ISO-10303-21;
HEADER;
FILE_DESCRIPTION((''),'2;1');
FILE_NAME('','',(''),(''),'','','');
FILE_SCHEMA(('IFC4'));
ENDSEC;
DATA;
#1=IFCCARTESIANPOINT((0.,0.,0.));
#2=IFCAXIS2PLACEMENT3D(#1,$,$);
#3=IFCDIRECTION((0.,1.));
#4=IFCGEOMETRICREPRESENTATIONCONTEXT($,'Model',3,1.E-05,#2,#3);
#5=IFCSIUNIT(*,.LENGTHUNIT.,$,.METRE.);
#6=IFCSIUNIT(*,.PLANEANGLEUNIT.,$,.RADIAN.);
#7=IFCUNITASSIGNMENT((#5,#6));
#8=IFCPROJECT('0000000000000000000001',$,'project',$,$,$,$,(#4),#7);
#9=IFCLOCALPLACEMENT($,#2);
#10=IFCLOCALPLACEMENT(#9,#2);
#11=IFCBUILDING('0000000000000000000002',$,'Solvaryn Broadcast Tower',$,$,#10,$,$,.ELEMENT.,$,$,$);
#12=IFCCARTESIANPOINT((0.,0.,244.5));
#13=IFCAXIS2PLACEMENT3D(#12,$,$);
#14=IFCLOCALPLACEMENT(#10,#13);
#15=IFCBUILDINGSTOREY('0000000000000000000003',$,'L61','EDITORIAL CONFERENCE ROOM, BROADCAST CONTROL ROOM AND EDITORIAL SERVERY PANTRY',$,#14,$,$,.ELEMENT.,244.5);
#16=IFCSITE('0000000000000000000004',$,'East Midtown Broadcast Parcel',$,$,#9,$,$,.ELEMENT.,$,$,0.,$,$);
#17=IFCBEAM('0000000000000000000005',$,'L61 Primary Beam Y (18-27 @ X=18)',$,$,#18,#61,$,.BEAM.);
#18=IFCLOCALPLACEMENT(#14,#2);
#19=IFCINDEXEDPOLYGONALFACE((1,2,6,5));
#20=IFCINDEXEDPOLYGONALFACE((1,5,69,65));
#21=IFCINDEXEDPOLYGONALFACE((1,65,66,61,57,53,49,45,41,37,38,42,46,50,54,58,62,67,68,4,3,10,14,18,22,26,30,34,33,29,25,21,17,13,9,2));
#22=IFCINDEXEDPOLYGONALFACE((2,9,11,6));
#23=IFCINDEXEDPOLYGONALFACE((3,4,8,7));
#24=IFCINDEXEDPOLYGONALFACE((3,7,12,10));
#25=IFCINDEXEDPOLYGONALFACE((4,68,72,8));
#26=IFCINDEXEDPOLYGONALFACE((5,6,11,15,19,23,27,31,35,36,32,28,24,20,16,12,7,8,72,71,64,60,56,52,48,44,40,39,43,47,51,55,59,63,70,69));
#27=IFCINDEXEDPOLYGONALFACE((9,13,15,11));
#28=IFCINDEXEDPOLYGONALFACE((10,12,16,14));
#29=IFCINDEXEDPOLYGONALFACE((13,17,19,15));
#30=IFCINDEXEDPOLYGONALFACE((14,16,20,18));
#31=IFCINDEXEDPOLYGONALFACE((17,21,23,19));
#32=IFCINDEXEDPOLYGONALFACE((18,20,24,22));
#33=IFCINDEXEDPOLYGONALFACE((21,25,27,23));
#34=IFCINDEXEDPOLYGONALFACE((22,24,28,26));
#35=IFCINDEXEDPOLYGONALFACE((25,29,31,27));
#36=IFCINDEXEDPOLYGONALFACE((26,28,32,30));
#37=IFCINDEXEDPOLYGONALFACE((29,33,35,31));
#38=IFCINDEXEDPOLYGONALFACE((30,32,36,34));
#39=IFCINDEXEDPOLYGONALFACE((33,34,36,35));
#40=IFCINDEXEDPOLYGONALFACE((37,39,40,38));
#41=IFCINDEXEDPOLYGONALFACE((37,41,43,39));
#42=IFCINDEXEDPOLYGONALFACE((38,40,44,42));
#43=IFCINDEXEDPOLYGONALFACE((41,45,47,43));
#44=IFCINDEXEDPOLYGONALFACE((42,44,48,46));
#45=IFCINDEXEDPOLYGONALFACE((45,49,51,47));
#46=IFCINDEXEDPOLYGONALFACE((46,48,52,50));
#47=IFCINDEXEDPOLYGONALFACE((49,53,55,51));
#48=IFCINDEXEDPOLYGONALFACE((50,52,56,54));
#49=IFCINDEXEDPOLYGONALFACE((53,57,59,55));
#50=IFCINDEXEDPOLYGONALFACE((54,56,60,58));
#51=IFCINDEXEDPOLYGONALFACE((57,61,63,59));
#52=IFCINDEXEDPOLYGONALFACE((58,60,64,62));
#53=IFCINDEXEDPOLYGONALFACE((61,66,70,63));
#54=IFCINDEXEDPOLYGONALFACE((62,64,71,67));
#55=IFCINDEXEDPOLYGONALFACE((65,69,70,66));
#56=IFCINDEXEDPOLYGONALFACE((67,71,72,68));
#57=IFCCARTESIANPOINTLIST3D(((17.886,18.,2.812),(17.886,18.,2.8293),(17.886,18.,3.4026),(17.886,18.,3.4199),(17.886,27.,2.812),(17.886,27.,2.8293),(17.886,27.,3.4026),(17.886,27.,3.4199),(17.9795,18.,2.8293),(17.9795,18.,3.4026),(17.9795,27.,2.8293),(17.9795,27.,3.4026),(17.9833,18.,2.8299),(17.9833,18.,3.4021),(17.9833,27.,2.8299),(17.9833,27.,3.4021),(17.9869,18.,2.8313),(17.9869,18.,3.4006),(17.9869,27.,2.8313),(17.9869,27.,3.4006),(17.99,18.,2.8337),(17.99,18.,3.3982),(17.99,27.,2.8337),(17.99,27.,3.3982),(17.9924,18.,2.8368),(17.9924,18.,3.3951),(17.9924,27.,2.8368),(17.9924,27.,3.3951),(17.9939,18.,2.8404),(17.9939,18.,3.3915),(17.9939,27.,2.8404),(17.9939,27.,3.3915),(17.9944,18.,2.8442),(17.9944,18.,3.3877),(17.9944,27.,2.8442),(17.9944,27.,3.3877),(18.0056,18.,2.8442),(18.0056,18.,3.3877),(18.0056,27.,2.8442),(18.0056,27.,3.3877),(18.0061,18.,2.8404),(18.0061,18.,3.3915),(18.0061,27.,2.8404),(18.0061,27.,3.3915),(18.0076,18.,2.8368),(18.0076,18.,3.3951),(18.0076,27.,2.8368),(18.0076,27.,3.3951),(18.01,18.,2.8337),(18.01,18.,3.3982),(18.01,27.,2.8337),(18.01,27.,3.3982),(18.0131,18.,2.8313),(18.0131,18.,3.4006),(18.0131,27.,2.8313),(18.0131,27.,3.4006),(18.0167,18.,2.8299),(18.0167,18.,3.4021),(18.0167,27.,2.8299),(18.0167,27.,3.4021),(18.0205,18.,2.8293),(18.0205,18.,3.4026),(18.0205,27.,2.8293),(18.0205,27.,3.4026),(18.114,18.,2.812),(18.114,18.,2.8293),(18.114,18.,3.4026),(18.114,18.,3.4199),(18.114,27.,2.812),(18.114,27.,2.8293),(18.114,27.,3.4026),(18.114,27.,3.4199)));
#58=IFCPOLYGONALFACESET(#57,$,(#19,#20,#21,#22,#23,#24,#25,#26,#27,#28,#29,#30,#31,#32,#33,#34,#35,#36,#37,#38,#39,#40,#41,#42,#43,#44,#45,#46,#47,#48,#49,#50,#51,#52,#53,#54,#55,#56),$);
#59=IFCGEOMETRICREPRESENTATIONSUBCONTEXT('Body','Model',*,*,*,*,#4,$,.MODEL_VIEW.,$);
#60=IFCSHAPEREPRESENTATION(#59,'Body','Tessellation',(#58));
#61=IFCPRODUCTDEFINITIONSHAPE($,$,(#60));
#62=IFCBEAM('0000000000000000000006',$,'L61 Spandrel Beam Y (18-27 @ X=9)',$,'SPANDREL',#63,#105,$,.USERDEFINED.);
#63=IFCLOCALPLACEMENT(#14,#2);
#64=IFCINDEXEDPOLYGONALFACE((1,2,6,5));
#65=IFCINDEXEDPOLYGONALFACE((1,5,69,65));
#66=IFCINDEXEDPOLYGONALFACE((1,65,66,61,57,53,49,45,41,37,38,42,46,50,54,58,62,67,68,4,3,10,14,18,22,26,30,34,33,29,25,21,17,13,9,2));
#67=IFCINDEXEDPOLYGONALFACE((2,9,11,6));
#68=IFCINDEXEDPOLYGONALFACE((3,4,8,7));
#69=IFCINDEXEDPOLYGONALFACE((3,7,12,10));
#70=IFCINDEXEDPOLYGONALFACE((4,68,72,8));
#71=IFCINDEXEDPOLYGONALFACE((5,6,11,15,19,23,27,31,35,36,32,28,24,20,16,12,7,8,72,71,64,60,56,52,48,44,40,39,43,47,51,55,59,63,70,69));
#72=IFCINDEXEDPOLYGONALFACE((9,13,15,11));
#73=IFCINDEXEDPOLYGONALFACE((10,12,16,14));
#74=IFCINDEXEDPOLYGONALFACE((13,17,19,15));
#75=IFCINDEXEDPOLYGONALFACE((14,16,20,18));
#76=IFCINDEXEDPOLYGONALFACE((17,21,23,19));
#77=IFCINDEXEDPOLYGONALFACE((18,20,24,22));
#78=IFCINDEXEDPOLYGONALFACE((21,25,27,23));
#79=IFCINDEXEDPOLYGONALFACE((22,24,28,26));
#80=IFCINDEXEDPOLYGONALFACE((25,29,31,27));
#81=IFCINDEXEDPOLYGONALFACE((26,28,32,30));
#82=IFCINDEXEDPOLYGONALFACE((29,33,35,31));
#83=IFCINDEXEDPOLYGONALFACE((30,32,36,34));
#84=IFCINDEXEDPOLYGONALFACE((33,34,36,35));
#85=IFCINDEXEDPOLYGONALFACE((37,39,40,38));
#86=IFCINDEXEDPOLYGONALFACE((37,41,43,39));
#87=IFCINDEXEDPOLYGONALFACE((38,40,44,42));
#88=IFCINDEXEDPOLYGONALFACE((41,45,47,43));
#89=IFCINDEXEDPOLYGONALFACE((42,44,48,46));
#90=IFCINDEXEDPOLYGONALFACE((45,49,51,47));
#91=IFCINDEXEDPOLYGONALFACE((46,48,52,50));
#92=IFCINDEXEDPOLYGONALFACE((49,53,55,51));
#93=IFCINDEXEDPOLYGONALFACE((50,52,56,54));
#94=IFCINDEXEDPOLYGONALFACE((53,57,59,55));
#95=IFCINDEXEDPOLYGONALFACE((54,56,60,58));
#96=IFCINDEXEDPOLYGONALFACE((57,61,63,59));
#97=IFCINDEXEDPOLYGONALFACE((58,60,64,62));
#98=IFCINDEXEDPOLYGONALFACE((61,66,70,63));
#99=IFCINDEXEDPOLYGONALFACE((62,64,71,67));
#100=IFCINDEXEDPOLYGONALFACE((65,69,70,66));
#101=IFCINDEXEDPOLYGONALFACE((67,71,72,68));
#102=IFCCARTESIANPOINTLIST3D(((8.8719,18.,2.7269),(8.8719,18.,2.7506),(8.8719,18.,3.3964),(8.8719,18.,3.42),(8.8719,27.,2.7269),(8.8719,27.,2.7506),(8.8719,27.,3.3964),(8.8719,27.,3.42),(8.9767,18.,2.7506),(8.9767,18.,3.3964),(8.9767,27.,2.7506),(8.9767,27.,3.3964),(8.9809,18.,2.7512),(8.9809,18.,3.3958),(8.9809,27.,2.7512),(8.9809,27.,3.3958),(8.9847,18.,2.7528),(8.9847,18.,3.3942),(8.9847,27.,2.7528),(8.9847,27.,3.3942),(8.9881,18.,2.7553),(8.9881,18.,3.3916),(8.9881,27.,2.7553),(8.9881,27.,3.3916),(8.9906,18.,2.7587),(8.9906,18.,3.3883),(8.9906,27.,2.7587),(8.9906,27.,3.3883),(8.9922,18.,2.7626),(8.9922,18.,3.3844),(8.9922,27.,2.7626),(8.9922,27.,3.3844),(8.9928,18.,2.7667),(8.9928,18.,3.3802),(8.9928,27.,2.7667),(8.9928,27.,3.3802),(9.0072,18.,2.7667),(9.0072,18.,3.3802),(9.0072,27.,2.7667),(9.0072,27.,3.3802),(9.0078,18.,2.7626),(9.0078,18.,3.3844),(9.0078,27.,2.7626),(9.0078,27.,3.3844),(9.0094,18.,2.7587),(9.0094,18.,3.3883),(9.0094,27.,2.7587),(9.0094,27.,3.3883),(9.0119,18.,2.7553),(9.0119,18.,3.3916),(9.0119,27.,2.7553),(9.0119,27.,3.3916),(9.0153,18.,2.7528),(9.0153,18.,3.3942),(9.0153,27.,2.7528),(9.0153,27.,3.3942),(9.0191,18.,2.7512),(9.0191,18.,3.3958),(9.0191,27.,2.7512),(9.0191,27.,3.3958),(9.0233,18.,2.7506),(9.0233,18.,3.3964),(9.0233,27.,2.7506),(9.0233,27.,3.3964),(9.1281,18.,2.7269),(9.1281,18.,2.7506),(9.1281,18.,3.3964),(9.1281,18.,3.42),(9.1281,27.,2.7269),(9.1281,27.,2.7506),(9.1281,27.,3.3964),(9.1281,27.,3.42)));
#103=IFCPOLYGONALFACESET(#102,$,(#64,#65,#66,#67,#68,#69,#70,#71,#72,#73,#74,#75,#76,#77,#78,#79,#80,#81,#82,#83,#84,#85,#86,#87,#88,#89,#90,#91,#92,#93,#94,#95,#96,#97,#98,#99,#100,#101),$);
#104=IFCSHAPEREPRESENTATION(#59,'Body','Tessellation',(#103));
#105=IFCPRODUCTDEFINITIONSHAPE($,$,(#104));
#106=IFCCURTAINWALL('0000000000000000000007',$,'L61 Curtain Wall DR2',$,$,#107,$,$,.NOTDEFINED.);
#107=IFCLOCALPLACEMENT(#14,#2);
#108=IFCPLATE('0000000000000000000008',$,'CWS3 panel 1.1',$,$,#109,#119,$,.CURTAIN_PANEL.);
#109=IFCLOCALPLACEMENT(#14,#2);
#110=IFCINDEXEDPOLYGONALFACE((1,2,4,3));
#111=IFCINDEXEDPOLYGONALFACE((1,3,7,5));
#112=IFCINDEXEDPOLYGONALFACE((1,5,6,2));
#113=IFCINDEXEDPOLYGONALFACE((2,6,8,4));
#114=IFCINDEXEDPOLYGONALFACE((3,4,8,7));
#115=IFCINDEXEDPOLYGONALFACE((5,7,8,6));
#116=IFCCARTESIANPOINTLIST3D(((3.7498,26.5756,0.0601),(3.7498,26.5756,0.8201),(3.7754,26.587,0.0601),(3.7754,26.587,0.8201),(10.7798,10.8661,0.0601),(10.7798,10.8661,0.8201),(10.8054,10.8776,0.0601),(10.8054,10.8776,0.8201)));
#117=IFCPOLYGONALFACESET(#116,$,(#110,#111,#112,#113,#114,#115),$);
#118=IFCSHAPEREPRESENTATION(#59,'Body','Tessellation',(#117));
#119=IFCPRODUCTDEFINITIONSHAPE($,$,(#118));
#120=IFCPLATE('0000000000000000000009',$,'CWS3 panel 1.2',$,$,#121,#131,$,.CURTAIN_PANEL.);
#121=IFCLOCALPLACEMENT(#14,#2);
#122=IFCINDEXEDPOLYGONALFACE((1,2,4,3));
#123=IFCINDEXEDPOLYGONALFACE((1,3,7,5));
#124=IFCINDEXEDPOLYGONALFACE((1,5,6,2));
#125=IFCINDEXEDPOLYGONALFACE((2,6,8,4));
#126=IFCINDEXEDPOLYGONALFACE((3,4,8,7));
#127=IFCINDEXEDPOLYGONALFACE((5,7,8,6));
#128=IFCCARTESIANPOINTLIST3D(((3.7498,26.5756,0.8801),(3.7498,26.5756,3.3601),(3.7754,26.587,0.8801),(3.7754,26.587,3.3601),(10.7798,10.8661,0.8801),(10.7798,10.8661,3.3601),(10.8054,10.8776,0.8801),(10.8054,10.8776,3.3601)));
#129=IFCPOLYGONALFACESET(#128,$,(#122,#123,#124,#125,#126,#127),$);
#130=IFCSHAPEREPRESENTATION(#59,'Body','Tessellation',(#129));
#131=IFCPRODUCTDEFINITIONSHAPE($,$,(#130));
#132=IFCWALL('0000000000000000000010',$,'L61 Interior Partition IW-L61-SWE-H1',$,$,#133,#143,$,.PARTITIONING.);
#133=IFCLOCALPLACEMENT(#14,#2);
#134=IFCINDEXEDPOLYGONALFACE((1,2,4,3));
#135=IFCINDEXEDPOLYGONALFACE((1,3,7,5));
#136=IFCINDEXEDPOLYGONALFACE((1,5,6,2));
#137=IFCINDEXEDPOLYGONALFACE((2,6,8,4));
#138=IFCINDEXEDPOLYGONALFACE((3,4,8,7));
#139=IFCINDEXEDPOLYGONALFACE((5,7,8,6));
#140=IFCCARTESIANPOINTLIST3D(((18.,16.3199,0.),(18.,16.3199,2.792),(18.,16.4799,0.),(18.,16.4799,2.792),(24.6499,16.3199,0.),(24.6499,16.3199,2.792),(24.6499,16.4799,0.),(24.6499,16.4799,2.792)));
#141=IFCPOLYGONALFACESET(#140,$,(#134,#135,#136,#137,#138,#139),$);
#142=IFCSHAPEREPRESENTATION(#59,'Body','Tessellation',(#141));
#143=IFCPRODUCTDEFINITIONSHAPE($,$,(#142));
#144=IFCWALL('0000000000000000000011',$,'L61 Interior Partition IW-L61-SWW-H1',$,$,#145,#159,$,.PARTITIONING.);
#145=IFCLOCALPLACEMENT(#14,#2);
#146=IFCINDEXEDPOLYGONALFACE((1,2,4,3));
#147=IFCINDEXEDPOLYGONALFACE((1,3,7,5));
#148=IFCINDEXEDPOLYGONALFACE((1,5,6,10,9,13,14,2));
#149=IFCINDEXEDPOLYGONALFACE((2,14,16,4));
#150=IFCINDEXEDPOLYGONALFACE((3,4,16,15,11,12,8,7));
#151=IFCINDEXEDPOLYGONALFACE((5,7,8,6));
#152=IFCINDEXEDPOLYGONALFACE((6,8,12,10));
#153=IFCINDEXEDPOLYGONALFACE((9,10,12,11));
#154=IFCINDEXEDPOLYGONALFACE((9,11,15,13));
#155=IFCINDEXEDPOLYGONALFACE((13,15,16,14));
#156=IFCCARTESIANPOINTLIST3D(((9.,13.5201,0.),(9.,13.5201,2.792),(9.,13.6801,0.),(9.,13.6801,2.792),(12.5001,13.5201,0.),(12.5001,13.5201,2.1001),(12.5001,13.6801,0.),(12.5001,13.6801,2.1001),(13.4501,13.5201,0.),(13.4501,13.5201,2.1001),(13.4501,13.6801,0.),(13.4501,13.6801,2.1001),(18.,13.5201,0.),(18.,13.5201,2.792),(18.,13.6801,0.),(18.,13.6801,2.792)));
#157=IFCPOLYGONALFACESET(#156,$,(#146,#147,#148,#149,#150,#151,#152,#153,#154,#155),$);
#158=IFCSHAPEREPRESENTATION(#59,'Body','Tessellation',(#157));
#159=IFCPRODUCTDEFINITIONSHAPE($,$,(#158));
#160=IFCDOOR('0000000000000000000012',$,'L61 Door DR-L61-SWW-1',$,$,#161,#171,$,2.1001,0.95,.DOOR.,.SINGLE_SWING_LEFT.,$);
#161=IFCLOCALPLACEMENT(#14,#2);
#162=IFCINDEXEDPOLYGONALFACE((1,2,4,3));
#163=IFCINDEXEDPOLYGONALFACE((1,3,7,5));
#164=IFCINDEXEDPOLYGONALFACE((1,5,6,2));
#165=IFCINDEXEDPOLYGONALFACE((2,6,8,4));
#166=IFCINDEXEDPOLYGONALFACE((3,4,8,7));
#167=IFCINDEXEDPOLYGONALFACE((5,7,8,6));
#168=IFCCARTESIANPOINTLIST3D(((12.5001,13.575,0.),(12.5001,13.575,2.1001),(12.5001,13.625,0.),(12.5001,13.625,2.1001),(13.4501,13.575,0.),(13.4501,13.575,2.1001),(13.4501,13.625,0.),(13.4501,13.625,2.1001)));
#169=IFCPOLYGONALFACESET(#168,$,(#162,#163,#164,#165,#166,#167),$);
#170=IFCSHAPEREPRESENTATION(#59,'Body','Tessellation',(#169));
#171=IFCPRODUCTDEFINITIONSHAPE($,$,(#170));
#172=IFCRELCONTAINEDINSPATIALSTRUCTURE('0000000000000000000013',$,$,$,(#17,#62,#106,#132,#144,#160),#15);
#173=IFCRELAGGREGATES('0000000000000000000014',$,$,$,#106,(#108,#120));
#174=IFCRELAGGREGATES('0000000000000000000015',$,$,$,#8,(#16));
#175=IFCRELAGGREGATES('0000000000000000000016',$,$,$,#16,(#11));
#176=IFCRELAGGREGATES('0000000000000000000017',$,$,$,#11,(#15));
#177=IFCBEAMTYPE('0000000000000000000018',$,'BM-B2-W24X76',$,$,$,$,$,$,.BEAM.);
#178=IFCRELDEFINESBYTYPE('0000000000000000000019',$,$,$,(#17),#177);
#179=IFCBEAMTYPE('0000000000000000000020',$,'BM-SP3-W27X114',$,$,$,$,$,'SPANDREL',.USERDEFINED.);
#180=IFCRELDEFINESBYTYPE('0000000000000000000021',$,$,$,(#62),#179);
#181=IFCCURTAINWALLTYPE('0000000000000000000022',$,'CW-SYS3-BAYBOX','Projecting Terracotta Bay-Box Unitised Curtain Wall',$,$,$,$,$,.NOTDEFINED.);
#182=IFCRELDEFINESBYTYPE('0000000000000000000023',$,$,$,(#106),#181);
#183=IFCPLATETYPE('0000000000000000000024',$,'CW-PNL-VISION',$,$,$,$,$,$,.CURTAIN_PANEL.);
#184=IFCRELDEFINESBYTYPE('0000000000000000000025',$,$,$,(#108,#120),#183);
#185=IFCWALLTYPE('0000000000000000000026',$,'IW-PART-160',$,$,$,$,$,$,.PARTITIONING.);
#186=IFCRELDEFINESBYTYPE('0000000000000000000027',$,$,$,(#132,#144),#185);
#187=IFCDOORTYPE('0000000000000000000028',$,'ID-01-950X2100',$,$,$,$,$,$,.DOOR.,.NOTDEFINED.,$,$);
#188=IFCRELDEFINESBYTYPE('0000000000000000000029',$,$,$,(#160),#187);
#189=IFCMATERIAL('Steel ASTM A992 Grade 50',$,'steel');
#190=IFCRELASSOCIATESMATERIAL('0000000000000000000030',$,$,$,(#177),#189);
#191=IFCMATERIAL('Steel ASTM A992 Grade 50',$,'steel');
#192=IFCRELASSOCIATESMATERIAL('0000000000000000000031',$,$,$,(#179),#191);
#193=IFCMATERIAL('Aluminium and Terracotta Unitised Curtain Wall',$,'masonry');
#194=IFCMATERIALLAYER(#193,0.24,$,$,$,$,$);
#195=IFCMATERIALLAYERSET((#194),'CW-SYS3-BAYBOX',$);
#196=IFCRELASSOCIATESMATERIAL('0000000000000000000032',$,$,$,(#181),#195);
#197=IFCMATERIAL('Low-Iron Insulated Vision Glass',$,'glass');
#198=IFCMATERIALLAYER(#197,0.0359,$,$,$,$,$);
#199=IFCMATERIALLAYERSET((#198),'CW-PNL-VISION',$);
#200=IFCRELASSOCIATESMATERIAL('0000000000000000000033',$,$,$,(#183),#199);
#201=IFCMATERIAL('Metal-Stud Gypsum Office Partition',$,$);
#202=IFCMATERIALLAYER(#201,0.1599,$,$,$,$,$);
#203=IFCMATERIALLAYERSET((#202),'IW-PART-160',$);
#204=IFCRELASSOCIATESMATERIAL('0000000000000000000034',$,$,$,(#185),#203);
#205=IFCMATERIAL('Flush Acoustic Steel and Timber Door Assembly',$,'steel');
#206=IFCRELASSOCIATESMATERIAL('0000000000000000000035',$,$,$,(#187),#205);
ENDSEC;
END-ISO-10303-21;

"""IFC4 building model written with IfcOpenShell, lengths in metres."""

from ifc_helpers import new_model, si_unit, direction, frame, frame_2d, origin, origin_2d, place, context, subcontext, project, spatial, rectangle, i_section, extrude, material, layer, layer_set, material_profile, profile_set, type_object, element, fill, aggregate, save


model = new_model("IFC4")

# Units and contexts
model_context = context("Model", 3, precision=1e-05, world=origin(), true_north=direction((0.0, 1.0)))
body_context = subcontext(model_context, "Body", "Model", "MODEL_VIEW")
ifc_project = project(units=[si_unit("LENGTHUNIT", "METRE"), si_unit("PLANEANGLEUNIT", "RADIAN")], contexts=[model_context])

# Site, building, storey
site_placement = place(None, origin())
site = spatial("IfcSite", under=ifc_project, at=site_placement, Name="East Midtown Broadcast Parcel", CompositionType="ELEMENT", RefElevation=0.0)
building_placement = place(site_placement, origin())
building = spatial("IfcBuilding", under=site, at=building_placement, Name="Solvaryn Broadcast Tower", CompositionType="ELEMENT")
storey_placement = place(building_placement, frame((0.0, 0.0, 244.5)))
storey = spatial("IfcBuildingStorey", under=building, at=storey_placement, Name="L61", Description="EDITORIAL CONFERENCE ROOM, BROADCAST CONTROL ROOM AND EDITORIAL SERVERY PANTRY", CompositionType="ELEMENT", Elevation=244.5)

# Beams
ifc_material_1 = material(Name="Steel ASTM A992 Grade 50", Category="steel")
ifc_material_profile_1 = material_profile(ifc_material_1, i_section(OverallWidth=0.228, OverallDepth=0.6079, WebThickness=0.0112, FlangeThickness=0.0173, FilletRadius=0.0149, at=origin_2d()))
ifc_profile_set_1 = profile_set([ifc_material_profile_1], Name="Steel ASTM A992 Grade 50")
beam_type_1 = type_object("IfcBeamType", Name="BM-B2-W24X76", PredefinedType="BEAM", material=ifc_profile_set_1)
beam_1_placement = place(storey_placement, frame((18.0, 18.0, 3.116), z_axis=(0.0, 1.0, 0.0), x_axis=(-1.0, 0.0, 0.0)))
element("IfcBeam", 1, at=beam_1_placement, inside=storey, type_object=beam_type_1, Name="L61 Primary Beam Y (18-27 @ X=18)", PredefinedType="BEAM", context=body_context, shape_type="SweptSolid", body=[
    extrude(i_section(OverallWidth=0.228, OverallDepth=0.6079, WebThickness=0.0112, FlangeThickness=0.0173, FilletRadius=0.0149, at=origin_2d()), origin(), (0.0, 0.0, 1.0), 9.0),
])
ifc_material_2 = material(Name="Steel ASTM A992 Grade 50", Category="steel")
ifc_material_profile_2 = material_profile(ifc_material_2, i_section(OverallWidth=0.2561, OverallDepth=0.6931, WebThickness=0.0144, FlangeThickness=0.0237, FilletRadius=0.0161, at=origin_2d()))
ifc_profile_set_2 = profile_set([ifc_material_profile_2], Name="Steel ASTM A992 Grade 50")
beam_type_2 = type_object("IfcBeamType", Name="BM-SP3-W27X114", ElementType="SPANDREL", PredefinedType="USERDEFINED", material=ifc_profile_set_2)
beam_2_placement = place(storey_placement, frame((9.0, 18.0, 3.0735), z_axis=(0.0, 1.0, 0.0), x_axis=(-1.0, 0.0, 0.0)))
element("IfcBeam", 2, at=beam_2_placement, inside=storey, type_object=beam_type_2, Name="L61 Spandrel Beam Y (18-27 @ X=9)", ObjectType="SPANDREL", PredefinedType="USERDEFINED", context=body_context, shape_type="SweptSolid", body=[
    extrude(i_section(OverallWidth=0.2561, OverallDepth=0.6931, WebThickness=0.0144, FlangeThickness=0.0237, FilletRadius=0.0161, at=origin_2d()), origin(), (0.0, 0.0, 1.0), 9.0),
])

# Curtain wall, plates
ifc_material_3 = material(Name="Aluminium and Terracotta Unitised Curtain Wall", Category="masonry")
ifc_layer_1 = layer(ifc_material_3, 0.24)
ifc_layer_set_1 = layer_set([ifc_layer_1], Name="CW-SYS3-BAYBOX")
curtain_wall_type = type_object("IfcCurtainWallType", Name="CW-SYS3-BAYBOX", Description="Projecting Terracotta Bay-Box Unitised Curtain Wall", PredefinedType="NOTDEFINED", material=ifc_layer_set_1)
curtain_wall_placement = place(storey_placement, origin())
curtain_wall = element("IfcCurtainWall", 3, at=curtain_wall_placement, inside=storey, type_object=curtain_wall_type, Name="L61 Curtain Wall DR2", PredefinedType="NOTDEFINED")
ifc_material_4 = material(Name="Low-Iron Insulated Vision Glass", Category="glass")
ifc_layer_2 = layer(ifc_material_4, 0.0359)
ifc_layer_set_2 = layer_set([ifc_layer_2], Name="CW-PNL-VISION")
plate_type = type_object("IfcPlateType", Name="CW-PNL-VISION", PredefinedType="CURTAIN_PANEL", material=ifc_layer_set_2)
plate_1_placement = place(storey_placement, frame((7.2776, 18.7266, 0.0601), z_axis=(0.0, 0.0, 1.0), x_axis=(0.408466, -0.912774, 0.0)))
plate_1 = element("IfcPlate", 4, at=plate_1_placement, type_object=plate_type, Name="CWS3 panel 1.1", PredefinedType="CURTAIN_PANEL", context=body_context, shape_type="SweptSolid", body=[
    extrude(rectangle(XDim=17.2107, YDim=0.0281, at=origin_2d()), origin(), (0.0, 0.0, 1.0), 0.76),
])
plate_2_placement = place(storey_placement, frame((7.2776, 18.7266, 0.8801), z_axis=(0.0, 0.0, 1.0), x_axis=(0.408466, -0.912774, 0.0)))
plate_2 = element("IfcPlate", 5, at=plate_2_placement, type_object=plate_type, Name="CWS3 panel 1.2", PredefinedType="CURTAIN_PANEL", context=body_context, shape_type="SweptSolid", body=[
    extrude(rectangle(XDim=17.2107, YDim=0.0281, at=origin_2d()), origin(), (0.0, 0.0, 1.0), 2.48),
])
aggregate(curtain_wall, [plate_1, plate_2])

# Wall
ifc_material_5 = material(Name="Metal-Stud Gypsum Office Partition")
ifc_layer_3 = layer(ifc_material_5, 0.1599)
ifc_layer_set_3 = layer_set([ifc_layer_3], Name="IW-PART-160")
wall_type = type_object("IfcWallType", Name="IW-PART-160", PredefinedType="PARTITIONING", material=ifc_layer_set_3)
wall_1_placement = place(storey_placement, frame((18.0, 16.3999, 0.0), z_axis=(0.0, 0.0, 1.0), x_axis=(1.0, 0.0, 0.0)))
element("IfcWall", 6, at=wall_1_placement, inside=storey, type_object=wall_type, Name="L61 Interior Partition IW-L61-SWE-H1", PredefinedType="PARTITIONING", context=body_context, shape_type="SweptSolid", body=[
    extrude(rectangle(XDim=6.6499, YDim=0.1599, at=frame_2d((3.325, 0.0))), origin(), (0.0, 0.0, 1.0), 2.792),
])

# Wall, opening, door
wall_2_placement = place(storey_placement, frame((9.0, 13.6001, 0.0), z_axis=(0.0, 0.0, 1.0), x_axis=(1.0, 0.0, 0.0)))
wall_2 = element("IfcWall", 7, at=wall_2_placement, inside=storey, type_object=wall_type, Name="L61 Interior Partition IW-L61-SWW-H1", PredefinedType="PARTITIONING", context=body_context, shape_type="SweptSolid", body=[
    extrude(rectangle(XDim=9.0, YDim=0.1599, at=frame_2d((4.5, 0.0))), origin(), (0.0, 0.0, 1.0), 2.792),
])
opening_1_placement = place(wall_2_placement, frame((3.5, 0.0, 0.0)))
opening_1 = element("IfcOpeningElement", 8, at=opening_1_placement, cuts=wall_2, PredefinedType="OPENING", context=body_context, shape_type="SweptSolid", body=[
    extrude(rectangle(XDim=0.95, YDim=2.1001, at=frame_2d((0.4751, 1.05))), frame((0.0, 0.0901, 0.0), z_axis=(0.0, -1.0, 0.0), x_axis=(1.0, 0.0, 0.0)), (0.0, 0.0, 1.0), 0.1799),
])
ifc_material_6 = material(Name="Flush Acoustic Steel and Timber Door Assembly", Category="steel")
door_type_1 = type_object("IfcDoorType", Name="ID-01-950X2100", OperationType="NOTDEFINED", PredefinedType="DOOR", material=ifc_material_6)
door_1_placement = place(opening_1_placement, origin())
door_1 = element("IfcDoor", 9, at=door_1_placement, inside=storey, type_object=door_type_1, Name="L61 Door DR-L61-SWW-1", OperationType="SINGLE_SWING_LEFT", OverallHeight=2.1001, OverallWidth=0.95, PredefinedType="DOOR", context=body_context, shape_type="SweptSolid", body=[
    extrude(rectangle(XDim=0.95, YDim=2.1001, at=frame_2d((0.4751, 1.05))), frame((0.0, 0.0249, 0.0), z_axis=(0.0, -1.0, 0.0), x_axis=(1.0, 0.0, 0.0)), (0.0, 0.0, 1.0), 0.05),
])
fill(opening_1, door_1)

save(model, "model.ifc")
